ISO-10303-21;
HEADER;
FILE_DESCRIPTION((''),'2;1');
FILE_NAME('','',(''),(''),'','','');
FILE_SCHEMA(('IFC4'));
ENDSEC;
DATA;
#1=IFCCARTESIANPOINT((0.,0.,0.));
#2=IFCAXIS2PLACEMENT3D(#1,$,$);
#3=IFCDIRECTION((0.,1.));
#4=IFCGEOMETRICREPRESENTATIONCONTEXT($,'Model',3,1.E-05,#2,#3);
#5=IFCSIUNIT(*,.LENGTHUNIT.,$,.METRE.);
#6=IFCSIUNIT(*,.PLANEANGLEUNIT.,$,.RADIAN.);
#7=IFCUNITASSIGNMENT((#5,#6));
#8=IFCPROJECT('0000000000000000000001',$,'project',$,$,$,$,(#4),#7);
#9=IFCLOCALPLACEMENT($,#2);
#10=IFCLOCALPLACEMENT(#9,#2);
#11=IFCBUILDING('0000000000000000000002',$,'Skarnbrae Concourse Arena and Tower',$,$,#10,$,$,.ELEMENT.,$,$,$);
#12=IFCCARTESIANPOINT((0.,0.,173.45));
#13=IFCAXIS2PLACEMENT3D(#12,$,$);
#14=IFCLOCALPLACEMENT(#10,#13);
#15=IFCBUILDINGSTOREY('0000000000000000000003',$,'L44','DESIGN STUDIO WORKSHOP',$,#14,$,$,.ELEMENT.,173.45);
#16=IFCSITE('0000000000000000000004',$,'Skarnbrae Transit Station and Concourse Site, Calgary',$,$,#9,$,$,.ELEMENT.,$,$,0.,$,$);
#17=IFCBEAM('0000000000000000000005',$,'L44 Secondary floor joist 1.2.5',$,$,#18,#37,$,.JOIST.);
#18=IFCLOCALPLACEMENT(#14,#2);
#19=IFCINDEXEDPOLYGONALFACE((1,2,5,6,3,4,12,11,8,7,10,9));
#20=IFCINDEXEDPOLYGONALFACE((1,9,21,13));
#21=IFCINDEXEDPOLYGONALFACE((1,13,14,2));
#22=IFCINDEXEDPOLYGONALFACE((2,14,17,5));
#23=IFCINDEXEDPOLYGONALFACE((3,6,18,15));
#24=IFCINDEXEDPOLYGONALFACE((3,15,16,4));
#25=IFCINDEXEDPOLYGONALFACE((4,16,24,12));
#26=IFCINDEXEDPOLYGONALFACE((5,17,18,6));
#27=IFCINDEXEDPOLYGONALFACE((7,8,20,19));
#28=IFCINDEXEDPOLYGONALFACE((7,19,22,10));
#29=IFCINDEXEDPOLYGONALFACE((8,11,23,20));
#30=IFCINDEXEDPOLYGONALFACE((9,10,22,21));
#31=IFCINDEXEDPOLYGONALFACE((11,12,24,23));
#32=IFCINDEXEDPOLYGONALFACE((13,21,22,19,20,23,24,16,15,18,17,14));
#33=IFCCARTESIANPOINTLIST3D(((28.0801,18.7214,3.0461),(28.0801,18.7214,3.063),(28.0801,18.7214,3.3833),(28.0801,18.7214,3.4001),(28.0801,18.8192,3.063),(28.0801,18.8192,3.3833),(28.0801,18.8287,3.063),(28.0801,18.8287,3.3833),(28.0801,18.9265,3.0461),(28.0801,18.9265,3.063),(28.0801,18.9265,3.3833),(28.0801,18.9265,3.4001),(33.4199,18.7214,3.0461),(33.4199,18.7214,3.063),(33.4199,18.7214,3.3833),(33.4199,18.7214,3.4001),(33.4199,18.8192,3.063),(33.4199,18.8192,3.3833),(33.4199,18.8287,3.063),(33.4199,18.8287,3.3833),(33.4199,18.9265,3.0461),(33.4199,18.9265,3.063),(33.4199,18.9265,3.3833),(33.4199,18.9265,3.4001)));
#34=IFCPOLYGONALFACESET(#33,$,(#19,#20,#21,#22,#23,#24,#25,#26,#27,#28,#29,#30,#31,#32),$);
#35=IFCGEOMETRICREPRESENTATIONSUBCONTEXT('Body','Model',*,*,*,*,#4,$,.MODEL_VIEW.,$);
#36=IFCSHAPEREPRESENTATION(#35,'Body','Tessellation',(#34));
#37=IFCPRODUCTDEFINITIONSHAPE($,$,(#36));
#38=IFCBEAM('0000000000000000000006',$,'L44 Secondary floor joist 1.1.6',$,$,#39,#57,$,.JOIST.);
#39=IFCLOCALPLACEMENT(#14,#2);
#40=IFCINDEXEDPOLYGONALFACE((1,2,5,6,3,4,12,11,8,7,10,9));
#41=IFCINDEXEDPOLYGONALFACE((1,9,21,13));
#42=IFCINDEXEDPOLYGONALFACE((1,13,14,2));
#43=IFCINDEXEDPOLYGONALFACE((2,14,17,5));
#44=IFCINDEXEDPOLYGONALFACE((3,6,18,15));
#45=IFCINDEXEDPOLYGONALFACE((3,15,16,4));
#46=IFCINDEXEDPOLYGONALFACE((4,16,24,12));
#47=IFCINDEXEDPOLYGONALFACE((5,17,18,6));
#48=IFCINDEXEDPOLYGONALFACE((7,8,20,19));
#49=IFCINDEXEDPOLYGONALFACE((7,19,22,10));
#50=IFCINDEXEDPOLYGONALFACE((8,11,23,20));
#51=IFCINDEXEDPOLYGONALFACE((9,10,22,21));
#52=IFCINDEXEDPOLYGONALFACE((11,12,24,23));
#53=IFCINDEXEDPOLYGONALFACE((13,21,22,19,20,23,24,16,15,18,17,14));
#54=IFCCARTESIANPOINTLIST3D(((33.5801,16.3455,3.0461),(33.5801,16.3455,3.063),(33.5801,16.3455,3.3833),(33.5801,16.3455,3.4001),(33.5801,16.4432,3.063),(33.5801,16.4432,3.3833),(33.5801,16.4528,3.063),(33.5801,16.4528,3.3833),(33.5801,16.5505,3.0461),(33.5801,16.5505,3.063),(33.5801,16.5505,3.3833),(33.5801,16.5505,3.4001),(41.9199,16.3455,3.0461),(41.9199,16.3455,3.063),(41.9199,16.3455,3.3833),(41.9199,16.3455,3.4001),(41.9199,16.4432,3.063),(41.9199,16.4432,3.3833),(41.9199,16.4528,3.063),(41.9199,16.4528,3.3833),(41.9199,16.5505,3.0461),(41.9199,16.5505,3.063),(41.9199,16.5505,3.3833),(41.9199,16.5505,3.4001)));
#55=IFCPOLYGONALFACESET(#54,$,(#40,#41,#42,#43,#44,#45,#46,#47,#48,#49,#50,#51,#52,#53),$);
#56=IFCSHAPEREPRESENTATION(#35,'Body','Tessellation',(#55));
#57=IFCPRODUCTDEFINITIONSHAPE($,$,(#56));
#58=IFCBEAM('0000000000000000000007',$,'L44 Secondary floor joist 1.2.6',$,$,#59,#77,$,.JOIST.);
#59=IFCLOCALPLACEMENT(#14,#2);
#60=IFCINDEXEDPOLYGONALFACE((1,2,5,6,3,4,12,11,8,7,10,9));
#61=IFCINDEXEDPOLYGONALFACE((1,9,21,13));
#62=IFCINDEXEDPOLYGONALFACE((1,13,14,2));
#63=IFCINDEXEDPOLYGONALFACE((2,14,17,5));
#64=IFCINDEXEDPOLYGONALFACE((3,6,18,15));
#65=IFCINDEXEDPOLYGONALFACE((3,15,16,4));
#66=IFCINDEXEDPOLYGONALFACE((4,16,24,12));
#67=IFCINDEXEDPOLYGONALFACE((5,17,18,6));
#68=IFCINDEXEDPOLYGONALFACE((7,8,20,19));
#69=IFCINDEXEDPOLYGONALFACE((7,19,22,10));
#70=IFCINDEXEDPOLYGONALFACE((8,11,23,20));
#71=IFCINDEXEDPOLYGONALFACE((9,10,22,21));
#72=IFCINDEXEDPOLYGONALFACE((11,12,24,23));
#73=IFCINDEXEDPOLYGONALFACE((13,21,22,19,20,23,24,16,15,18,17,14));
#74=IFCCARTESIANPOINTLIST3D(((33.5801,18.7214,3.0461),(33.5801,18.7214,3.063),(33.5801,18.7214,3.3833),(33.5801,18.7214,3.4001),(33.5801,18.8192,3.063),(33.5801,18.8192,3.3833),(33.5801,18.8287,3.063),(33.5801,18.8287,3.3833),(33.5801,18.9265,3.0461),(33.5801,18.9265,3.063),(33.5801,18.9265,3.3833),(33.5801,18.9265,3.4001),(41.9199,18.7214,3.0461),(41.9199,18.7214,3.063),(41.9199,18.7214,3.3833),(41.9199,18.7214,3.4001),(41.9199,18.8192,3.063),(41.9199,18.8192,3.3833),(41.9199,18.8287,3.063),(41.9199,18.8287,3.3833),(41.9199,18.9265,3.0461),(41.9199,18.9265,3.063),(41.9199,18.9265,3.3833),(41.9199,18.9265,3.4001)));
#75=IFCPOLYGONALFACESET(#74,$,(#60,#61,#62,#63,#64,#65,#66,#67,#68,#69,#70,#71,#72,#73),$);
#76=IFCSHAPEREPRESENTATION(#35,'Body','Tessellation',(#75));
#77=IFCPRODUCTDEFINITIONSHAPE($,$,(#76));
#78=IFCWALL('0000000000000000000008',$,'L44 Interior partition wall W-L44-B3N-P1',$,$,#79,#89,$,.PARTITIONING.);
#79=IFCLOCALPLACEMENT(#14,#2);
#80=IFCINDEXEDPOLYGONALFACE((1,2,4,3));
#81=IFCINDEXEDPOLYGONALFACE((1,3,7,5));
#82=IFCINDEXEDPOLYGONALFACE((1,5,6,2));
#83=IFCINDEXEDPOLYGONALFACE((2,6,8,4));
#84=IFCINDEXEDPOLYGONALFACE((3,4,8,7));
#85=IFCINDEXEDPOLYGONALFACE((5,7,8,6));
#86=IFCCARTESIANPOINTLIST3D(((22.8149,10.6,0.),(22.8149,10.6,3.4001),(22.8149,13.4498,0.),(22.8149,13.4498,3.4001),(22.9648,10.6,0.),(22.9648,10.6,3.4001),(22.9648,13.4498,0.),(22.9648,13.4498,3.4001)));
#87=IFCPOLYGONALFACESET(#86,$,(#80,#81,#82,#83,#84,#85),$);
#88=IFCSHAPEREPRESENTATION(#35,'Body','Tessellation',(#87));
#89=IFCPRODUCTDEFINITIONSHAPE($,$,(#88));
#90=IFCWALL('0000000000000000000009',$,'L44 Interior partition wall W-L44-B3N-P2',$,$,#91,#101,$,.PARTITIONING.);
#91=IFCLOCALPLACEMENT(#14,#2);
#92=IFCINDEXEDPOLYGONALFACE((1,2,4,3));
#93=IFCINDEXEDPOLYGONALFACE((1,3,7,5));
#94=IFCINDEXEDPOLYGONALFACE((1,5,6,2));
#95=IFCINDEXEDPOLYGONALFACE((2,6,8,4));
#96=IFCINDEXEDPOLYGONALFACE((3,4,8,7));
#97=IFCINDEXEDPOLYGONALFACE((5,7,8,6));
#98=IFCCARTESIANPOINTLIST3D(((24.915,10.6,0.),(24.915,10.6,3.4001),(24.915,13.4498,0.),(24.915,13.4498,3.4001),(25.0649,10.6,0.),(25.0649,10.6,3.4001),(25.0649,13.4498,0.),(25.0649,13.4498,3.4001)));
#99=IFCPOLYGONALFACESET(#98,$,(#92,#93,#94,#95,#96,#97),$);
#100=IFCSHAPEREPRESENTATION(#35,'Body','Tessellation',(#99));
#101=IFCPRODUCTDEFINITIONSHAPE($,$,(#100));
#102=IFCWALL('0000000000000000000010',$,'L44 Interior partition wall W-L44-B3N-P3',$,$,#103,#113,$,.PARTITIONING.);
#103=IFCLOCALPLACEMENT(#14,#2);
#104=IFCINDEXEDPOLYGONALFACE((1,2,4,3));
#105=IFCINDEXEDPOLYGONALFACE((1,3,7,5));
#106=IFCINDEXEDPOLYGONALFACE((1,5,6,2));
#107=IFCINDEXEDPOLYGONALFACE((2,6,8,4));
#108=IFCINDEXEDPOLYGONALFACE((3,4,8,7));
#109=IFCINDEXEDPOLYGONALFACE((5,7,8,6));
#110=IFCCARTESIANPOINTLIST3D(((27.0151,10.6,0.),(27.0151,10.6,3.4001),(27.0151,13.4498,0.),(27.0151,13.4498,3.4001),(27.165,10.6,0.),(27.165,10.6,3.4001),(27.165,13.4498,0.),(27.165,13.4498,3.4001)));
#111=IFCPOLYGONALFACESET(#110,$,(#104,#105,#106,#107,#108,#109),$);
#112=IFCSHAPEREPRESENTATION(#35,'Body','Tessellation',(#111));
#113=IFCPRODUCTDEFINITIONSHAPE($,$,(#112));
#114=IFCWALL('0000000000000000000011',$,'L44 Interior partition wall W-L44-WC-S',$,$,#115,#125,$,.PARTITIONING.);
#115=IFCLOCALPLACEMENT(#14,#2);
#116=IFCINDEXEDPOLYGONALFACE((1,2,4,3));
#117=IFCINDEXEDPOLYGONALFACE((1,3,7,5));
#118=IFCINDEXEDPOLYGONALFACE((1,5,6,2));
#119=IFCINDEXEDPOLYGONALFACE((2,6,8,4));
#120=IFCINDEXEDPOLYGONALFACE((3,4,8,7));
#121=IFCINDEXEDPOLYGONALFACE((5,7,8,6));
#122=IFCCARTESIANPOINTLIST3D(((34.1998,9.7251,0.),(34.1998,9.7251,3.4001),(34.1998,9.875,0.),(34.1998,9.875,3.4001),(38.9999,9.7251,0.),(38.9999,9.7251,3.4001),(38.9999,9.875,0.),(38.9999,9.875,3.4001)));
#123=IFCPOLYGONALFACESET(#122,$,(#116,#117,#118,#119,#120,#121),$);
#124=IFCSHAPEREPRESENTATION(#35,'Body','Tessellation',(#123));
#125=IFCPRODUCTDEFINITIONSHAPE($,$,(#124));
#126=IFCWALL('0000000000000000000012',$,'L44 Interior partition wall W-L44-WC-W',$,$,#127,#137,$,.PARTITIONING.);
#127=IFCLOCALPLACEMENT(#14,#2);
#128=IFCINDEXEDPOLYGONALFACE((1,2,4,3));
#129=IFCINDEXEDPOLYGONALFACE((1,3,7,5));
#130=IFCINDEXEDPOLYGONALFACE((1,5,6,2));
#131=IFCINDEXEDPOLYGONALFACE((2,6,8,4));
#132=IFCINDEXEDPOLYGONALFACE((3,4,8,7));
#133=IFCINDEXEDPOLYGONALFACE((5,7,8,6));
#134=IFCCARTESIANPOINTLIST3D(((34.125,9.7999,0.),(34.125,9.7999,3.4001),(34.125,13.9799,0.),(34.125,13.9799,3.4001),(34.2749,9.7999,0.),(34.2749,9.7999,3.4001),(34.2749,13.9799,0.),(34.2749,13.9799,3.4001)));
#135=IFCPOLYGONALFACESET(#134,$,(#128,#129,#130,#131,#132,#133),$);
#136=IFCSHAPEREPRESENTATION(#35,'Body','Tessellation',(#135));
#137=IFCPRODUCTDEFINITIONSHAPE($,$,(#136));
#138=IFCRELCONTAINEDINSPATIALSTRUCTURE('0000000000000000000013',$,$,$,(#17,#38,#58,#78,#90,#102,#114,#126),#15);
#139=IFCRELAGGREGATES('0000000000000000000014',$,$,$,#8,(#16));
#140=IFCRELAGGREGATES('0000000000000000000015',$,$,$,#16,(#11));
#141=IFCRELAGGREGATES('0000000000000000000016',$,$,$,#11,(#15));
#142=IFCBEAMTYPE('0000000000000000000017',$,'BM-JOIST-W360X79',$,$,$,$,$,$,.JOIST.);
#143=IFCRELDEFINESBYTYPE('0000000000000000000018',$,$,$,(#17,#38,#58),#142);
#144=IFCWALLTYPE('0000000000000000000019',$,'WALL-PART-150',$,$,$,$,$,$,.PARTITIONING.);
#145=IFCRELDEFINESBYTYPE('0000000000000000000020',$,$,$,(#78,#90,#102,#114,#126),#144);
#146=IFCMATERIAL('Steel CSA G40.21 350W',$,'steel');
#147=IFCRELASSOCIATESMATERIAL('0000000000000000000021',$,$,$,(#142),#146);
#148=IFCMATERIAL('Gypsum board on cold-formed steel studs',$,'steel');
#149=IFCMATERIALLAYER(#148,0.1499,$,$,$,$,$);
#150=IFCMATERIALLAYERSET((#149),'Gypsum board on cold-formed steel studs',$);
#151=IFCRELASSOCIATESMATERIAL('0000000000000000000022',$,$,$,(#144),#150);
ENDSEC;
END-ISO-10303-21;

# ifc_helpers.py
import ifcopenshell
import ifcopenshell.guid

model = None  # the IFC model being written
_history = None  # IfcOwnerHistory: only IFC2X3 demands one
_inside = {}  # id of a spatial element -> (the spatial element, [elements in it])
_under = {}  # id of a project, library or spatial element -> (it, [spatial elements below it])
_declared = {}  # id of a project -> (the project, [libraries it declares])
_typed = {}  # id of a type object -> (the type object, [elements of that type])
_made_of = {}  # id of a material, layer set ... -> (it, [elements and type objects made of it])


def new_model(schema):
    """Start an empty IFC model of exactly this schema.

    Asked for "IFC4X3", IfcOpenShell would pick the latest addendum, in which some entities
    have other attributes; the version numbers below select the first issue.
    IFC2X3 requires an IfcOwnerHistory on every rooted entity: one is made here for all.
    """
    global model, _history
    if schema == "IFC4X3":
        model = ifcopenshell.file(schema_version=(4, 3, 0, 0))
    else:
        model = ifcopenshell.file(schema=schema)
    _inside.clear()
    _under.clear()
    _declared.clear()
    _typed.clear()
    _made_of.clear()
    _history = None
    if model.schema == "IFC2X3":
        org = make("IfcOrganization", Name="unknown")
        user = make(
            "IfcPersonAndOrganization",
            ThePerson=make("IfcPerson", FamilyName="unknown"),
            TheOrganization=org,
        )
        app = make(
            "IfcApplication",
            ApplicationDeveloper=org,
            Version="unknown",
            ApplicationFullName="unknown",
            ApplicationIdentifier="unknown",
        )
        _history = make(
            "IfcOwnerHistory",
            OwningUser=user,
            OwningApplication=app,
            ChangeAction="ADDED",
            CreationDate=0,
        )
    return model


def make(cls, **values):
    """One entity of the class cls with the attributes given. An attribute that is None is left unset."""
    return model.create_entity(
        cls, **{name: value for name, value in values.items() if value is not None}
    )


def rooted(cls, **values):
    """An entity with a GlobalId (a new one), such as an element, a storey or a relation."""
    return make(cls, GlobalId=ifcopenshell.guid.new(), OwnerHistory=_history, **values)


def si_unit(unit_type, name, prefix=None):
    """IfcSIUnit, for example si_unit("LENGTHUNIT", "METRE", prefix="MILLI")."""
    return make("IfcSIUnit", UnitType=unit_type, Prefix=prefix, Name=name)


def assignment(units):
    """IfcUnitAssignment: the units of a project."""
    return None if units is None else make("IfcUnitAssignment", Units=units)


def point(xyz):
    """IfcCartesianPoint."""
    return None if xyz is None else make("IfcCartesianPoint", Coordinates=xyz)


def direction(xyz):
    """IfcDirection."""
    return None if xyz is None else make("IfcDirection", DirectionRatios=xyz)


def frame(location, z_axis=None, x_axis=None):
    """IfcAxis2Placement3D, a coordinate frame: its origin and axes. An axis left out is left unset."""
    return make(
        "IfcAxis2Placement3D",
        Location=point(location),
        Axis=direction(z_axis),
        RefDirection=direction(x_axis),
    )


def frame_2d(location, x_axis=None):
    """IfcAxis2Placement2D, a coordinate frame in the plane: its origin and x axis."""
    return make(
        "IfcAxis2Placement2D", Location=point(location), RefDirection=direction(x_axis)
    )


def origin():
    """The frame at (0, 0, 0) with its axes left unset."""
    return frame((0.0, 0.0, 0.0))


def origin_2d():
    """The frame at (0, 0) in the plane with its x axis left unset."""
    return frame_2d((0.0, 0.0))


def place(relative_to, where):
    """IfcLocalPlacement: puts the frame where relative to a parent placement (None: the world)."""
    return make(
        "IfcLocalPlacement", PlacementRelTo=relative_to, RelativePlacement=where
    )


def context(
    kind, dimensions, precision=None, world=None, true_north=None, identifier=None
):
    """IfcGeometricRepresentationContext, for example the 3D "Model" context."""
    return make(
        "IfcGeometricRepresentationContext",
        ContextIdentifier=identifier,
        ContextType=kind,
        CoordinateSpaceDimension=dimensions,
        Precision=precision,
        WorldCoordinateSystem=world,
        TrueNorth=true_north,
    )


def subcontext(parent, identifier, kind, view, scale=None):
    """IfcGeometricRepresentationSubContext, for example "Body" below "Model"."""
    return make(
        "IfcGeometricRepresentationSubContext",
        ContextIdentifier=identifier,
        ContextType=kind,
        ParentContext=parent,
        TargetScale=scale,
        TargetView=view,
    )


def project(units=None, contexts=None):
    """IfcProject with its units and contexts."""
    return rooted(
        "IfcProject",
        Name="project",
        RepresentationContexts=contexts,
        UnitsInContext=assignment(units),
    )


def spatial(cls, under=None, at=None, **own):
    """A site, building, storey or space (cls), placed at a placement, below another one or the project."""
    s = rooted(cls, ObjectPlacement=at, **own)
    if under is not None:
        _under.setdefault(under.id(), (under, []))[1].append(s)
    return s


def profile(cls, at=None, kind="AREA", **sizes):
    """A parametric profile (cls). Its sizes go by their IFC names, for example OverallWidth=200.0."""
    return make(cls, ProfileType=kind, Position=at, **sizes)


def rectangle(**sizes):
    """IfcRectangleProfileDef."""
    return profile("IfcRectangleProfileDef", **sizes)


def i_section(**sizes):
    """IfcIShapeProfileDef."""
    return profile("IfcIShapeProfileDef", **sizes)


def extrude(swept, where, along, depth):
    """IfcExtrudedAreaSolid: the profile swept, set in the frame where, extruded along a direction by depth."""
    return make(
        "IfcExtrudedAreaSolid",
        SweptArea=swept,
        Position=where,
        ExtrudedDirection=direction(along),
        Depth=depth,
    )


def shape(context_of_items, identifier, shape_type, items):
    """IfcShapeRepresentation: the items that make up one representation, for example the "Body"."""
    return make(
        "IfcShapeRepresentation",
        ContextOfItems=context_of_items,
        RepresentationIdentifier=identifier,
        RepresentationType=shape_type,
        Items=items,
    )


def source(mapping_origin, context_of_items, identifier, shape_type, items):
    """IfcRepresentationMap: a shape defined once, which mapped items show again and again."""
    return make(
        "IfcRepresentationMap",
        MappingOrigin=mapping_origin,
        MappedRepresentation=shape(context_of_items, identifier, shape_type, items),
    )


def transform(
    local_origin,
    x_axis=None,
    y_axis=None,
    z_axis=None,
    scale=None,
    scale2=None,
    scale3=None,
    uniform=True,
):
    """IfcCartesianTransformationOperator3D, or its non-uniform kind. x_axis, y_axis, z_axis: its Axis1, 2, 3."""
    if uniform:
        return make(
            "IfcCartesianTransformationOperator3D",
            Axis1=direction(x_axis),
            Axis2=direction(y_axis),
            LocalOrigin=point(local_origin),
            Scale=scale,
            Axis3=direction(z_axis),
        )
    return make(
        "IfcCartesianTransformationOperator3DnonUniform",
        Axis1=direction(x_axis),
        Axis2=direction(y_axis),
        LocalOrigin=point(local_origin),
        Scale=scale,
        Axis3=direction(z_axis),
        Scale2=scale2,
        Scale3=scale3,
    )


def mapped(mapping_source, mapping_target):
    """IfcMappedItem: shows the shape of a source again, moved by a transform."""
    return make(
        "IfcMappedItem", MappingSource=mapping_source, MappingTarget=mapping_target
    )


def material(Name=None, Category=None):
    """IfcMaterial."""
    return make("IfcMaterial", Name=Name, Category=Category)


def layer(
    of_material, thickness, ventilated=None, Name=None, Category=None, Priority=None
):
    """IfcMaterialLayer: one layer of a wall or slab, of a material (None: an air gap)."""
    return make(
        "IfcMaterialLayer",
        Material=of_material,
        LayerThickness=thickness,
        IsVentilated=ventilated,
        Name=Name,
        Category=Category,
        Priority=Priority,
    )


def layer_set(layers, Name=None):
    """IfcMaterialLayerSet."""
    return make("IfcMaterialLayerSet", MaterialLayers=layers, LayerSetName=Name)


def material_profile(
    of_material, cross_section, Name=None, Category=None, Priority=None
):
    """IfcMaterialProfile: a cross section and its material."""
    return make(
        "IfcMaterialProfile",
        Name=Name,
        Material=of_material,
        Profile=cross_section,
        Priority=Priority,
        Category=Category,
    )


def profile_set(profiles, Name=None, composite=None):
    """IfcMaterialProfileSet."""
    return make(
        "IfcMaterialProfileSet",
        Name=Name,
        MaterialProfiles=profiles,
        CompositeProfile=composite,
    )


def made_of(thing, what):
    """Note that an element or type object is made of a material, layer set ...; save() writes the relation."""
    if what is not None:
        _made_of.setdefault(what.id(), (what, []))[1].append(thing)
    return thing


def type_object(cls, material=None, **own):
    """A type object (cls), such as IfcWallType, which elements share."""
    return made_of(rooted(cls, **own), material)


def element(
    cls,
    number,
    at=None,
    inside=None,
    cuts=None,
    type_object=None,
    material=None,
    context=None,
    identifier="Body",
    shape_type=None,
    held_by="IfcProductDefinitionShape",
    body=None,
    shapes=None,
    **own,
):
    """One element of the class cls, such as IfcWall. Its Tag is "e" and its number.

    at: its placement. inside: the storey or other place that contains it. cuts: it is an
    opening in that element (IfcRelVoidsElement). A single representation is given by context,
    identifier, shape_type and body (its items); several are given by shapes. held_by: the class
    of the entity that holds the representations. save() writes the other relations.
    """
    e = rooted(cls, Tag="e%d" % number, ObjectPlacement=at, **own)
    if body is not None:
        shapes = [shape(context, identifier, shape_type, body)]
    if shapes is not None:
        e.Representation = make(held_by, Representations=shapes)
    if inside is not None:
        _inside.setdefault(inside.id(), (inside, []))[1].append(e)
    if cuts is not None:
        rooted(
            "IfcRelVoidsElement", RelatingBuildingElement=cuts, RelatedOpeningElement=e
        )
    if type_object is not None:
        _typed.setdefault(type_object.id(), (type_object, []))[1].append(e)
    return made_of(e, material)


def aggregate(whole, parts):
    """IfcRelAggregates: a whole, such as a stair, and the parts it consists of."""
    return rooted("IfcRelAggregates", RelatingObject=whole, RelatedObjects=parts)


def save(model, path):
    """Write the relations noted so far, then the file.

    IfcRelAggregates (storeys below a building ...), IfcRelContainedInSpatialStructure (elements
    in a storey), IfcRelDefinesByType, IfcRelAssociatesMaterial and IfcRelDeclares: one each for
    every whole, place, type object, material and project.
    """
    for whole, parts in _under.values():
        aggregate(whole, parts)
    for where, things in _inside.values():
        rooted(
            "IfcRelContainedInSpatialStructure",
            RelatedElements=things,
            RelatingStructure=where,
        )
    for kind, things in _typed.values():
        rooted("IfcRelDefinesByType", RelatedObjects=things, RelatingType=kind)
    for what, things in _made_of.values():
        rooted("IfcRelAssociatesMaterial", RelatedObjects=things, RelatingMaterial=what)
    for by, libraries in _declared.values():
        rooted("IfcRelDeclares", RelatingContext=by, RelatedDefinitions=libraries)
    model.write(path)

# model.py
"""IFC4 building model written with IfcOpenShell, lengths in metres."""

from ifc_helpers import new_model, si_unit, direction, frame, frame_2d, origin, origin_2d, place, context, subcontext, project, spatial, rectangle, i_section, extrude, source, transform, mapped, material, layer, layer_set, material_profile, profile_set, type_object, element, save


model = new_model("IFC4")

# Units and contexts
model_context = context("Model", 3, precision=1e-05, world=origin(), true_north=direction((0.0, 1.0)))
body_context = subcontext(model_context, "Body", "Model", "MODEL_VIEW")
ifc_project = project(units=[si_unit("LENGTHUNIT", "METRE"), si_unit("PLANEANGLEUNIT", "RADIAN")], contexts=[model_context])

# Site, building, storey
site_placement = place(None, origin())
site = spatial("IfcSite", under=ifc_project, at=site_placement, Name="Skarnbrae Transit Station and Concourse Site, Calgary", CompositionType="ELEMENT", RefElevation=0.0)
building_placement = place(site_placement, origin())
building = spatial("IfcBuilding", under=site, at=building_placement, Name="Skarnbrae Concourse Arena and Tower", CompositionType="ELEMENT")
storey_placement = place(building_placement, frame((0.0, 0.0, 173.45)))
storey = spatial("IfcBuildingStorey", under=building, at=storey_placement, Name="L44", Description="DESIGN STUDIO WORKSHOP", CompositionType="ELEMENT", Elevation=173.45)

# Shared definitions
ifc_material_1 = material(Name="Steel CSA G40.21 350W", Category="steel")

# Beams
ifc_material_profile_1 = material_profile(ifc_material_1, i_section(OverallWidth=0.2051, OverallDepth=0.354, WebThickness=0.0095, FlangeThickness=0.0168, at=origin_2d()), Name="W360X79")
ifc_profile_set_1 = profile_set([ifc_material_profile_1], Name="Steel CSA G40.21 350W")
beam_type_1 = type_object("IfcBeamType", Name="BM-JOIST-W360X79", PredefinedType="JOIST", material=ifc_profile_set_1)
shared_shape_1 = source(origin(), body_context, "Body", "SweptSolid", [
    extrude(i_section(OverallWidth=0.2051, OverallDepth=0.354, WebThickness=0.0095, FlangeThickness=0.0168, at=origin_2d()), origin(), (0.0, 0.0, 1.0), 5.3398),
])
for number, where, z_axis, x_axis, name in (
    (1, (28.0801, 18.824, 3.2231), (1.0, 0.0, 0.0), (0.0, 1.0, 0.0), "L44 Secondary floor joist 1.2.5"),
):
    element("IfcBeam", number, at=place(storey_placement, frame(where, z_axis=z_axis, x_axis=x_axis)), inside=storey, type_object=beam_type_1, Name=name, PredefinedType="JOIST", context=body_context, shape_type="MappedRepresentation", body=[
        mapped(shared_shape_1, transform((0.0, 0.0, 0.0))),
    ])
shared_shape_2 = source(origin(), body_context, "Body", "SweptSolid", [
    extrude(i_section(OverallWidth=0.2051, OverallDepth=0.354, WebThickness=0.0095, FlangeThickness=0.0168, at=origin_2d()), origin(), (0.0, 0.0, 1.0), 8.3398),
])
for number, where, z_axis, x_axis, name in (
    (2, (33.5801, 16.448, 3.2231), (1.0, 0.0, 0.0), (0.0, 1.0, 0.0), "L44 Secondary floor joist 1.1.6"),
    (3, (33.5801, 18.824, 3.2231), (1.0, 0.0, 0.0), (0.0, 1.0, 0.0), "L44 Secondary floor joist 1.2.6"),
):
    element("IfcBeam", number, at=place(storey_placement, frame(where, z_axis=z_axis, x_axis=x_axis)), inside=storey, type_object=beam_type_1, Name=name, PredefinedType="JOIST", context=body_context, shape_type="MappedRepresentation", body=[
        mapped(shared_shape_2, transform((0.0, 0.0, 0.0))),
    ])

# Walls
ifc_material_2 = material(Name="Gypsum board on cold-formed steel studs", Category="steel")
ifc_layer_1 = layer(ifc_material_2, 0.1499)
ifc_layer_set_1 = layer_set([ifc_layer_1], Name="Gypsum board on cold-formed steel studs")
wall_type_1 = type_object("IfcWallType", Name="WALL-PART-150", PredefinedType="PARTITIONING", material=ifc_layer_set_1)
shared_shape_3 = source(origin(), body_context, "Body", "SweptSolid", [
    extrude(rectangle(XDim=2.8499, YDim=0.1499, at=frame_2d((1.4248, 0.0))), origin(), (0.0, 0.0, 1.0), 3.4001),
])
for number, where, z_axis, x_axis, name in (
    (4, (22.8899, 10.6001, 0.0), (0.0, 0.0, 1.0), (0.0, 1.0, 0.0), "L44 Interior partition wall W-L44-B3N-P1"),
    (5, (24.99, 10.6001, 0.0), (0.0, 0.0, 1.0), (0.0, 1.0, 0.0), "L44 Interior partition wall W-L44-B3N-P2"),
    (6, (27.0901, 10.6001, 0.0), (0.0, 0.0, 1.0), (0.0, 1.0, 0.0), "L44 Interior partition wall W-L44-B3N-P3"),
):
    element("IfcWall", number, at=place(storey_placement, frame(where, z_axis=z_axis, x_axis=x_axis)), inside=storey, type_object=wall_type_1, Name=name, PredefinedType="PARTITIONING", context=body_context, shape_type="MappedRepresentation", body=[
        mapped(shared_shape_3, transform((0.0, 0.0, 0.0))),
    ])
shared_shape_4 = source(origin(), body_context, "Body", "SweptSolid", [
    extrude(rectangle(XDim=4.8, YDim=0.1499, at=frame_2d((2.3999, 0.0))), origin(), (0.0, 0.0, 1.0), 3.4001),
])
wall_1_placement = place(storey_placement, frame((34.2, 9.8, 0.0), z_axis=(0.0, 0.0, 1.0), x_axis=(1.0, 0.0, 0.0)))
element("IfcWall", 7, at=wall_1_placement, inside=storey, type_object=wall_type_1, Name="L44 Interior partition wall W-L44-WC-S", PredefinedType="PARTITIONING", context=body_context, shape_type="MappedRepresentation", body=[
    mapped(shared_shape_4, transform((0.0, 0.0, 0.0))),
])
shared_shape_5 = source(origin(), body_context, "Body", "SweptSolid", [
    extrude(rectangle(XDim=4.1799, YDim=0.1499, at=frame_2d((2.0898, 0.0))), origin(), (0.0, 0.0, 1.0), 3.4001),
])
wall_2_placement = place(storey_placement, frame((34.2, 9.8, 0.0), z_axis=(0.0, 0.0, 1.0), x_axis=(0.0, 1.0, 0.0)))
element("IfcWall", 8, at=wall_2_placement, inside=storey, type_object=wall_type_1, Name="L44 Interior partition wall W-L44-WC-W", PredefinedType="PARTITIONING", context=body_context, shape_type="MappedRepresentation", body=[
    mapped(shared_shape_5, transform((0.0, 0.0, 0.0))),
])

save(model, "model.ifc")
